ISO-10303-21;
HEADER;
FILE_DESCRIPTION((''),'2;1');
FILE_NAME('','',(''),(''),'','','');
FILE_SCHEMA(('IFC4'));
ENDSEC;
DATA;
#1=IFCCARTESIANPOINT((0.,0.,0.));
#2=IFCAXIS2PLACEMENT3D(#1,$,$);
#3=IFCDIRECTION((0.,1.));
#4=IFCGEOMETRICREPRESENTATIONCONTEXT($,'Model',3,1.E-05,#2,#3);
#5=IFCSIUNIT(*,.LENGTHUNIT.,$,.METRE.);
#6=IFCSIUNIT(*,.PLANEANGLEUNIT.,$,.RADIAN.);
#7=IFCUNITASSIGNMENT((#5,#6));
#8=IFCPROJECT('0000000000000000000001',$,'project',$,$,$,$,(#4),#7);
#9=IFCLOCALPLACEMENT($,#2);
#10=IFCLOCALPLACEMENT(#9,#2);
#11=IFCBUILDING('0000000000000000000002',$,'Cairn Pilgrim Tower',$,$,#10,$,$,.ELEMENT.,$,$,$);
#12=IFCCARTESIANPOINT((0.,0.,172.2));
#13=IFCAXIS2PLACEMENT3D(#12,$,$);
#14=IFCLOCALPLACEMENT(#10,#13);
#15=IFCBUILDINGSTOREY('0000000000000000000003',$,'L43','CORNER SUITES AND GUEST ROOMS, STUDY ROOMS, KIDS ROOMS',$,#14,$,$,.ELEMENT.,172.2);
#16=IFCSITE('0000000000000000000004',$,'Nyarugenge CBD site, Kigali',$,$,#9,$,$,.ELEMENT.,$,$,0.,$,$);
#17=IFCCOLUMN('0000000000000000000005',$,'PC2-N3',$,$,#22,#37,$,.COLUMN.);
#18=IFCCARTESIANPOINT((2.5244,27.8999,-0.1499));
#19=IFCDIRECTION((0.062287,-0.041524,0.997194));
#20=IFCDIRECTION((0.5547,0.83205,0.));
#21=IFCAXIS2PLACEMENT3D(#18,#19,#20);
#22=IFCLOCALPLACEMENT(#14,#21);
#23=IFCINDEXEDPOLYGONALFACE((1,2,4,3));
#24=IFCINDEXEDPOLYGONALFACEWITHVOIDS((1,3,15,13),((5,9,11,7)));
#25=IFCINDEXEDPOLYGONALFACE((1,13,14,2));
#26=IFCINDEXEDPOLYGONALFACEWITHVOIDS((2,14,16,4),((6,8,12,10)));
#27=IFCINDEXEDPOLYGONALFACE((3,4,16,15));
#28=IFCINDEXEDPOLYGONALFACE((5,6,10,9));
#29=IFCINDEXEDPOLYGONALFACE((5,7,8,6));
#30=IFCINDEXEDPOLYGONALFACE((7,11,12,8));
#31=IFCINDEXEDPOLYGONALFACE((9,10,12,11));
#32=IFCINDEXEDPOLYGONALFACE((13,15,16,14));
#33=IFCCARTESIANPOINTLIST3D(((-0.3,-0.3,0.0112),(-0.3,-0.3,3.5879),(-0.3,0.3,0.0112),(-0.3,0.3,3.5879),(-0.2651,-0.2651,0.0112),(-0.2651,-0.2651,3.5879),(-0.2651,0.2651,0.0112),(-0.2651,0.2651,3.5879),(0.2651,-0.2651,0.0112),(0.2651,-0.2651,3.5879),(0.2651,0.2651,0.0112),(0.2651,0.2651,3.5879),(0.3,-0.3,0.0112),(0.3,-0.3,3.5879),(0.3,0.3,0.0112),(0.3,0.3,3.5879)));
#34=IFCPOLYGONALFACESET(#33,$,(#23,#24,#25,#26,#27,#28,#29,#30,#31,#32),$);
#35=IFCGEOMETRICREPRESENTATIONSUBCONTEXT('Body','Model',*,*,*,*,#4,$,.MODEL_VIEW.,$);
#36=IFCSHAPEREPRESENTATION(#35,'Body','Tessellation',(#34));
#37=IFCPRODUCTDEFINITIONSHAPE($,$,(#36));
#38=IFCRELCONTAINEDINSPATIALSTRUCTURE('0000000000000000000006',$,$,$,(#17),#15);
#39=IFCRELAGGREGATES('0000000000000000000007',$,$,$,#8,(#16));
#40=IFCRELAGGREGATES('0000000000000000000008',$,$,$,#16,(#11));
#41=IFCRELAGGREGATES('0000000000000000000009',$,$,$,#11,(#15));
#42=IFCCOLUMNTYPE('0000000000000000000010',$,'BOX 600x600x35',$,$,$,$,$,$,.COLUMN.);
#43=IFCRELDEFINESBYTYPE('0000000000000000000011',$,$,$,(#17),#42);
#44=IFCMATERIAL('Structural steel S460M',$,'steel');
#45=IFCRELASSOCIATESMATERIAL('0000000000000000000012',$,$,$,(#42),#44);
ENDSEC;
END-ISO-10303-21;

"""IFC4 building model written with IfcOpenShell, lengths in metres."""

from ifc_helpers import new_model, si_unit, direction, frame, origin, origin_2d, place, context, subcontext, project, spatial, hollow_rectangle, extrude, clip, halfspace, material, material_profile, profile_set, type_object, element, save


model = new_model("IFC4")

# Units and contexts
model_context = context("Model", 3, precision=1e-05, world=origin(), true_north=direction((0.0, 1.0)))
body_context = subcontext(model_context, "Body", "Model", "MODEL_VIEW")
ifc_project = project(units=[si_unit("LENGTHUNIT", "METRE"), si_unit("PLANEANGLEUNIT", "RADIAN")], contexts=[model_context])

# Site, building, storey
site_placement = place(None, origin())
site = spatial("IfcSite", under=ifc_project, at=site_placement, Name="Nyarugenge CBD site, Kigali", CompositionType="ELEMENT", RefElevation=0.0)
building_placement = place(site_placement, origin())
building = spatial("IfcBuilding", under=site, at=building_placement, Name="Cairn Pilgrim Tower", CompositionType="ELEMENT")
storey_placement = place(building_placement, frame((0.0, 0.0, 172.2)))
storey = spatial("IfcBuildingStorey", under=building, at=storey_placement, Name="L43", Description="CORNER SUITES AND GUEST ROOMS, STUDY ROOMS, KIDS ROOMS", CompositionType="ELEMENT", Elevation=172.2)

# Column
ifc_material_1 = material(Name="Structural steel S460M", Category="steel")
ifc_material_profile_1 = material_profile(ifc_material_1, hollow_rectangle(XDim=0.6001, YDim=0.6001, WallThickness=0.0349, at=origin_2d()), Name="BOX 600x600x35")
ifc_profile_set_1 = profile_set([ifc_material_profile_1], Name="Structural steel S460M")
column_type = type_object("IfcColumnType", Name="BOX 600x600x35", PredefinedType="COLUMN", material=ifc_profile_set_1)
column_placement = place(storey_placement, frame((2.5244, 27.8999, -0.1499), z_axis=(0.062287, -0.041524, 0.997194), x_axis=(0.5547, 0.83205, 0.0)))
element("IfcColumn", 1, at=column_placement, inside=storey, type_object=column_type, Name="PC2-N3", PredefinedType="COLUMN", context=body_context, shape_type="Clipping", body=[
    clip(clip(extrude(hollow_rectangle(XDim=0.6001, YDim=0.6001, WallThickness=0.0349, at=origin_2d()), origin(), (0.0, 0.0, 1.0), 3.6099), halfspace(frame((0.0, 0.0, 0.0112), z_axis=(0.0, 0.0, 1.0), x_axis=(1.0, 0.0, 0.0)), True)), halfspace(frame((0.0, 0.0, 3.5879), z_axis=(0.0, 0.0, 1.0), x_axis=(1.0, 0.0, 0.0)), False)),
])

save(model, "model.ifc")
